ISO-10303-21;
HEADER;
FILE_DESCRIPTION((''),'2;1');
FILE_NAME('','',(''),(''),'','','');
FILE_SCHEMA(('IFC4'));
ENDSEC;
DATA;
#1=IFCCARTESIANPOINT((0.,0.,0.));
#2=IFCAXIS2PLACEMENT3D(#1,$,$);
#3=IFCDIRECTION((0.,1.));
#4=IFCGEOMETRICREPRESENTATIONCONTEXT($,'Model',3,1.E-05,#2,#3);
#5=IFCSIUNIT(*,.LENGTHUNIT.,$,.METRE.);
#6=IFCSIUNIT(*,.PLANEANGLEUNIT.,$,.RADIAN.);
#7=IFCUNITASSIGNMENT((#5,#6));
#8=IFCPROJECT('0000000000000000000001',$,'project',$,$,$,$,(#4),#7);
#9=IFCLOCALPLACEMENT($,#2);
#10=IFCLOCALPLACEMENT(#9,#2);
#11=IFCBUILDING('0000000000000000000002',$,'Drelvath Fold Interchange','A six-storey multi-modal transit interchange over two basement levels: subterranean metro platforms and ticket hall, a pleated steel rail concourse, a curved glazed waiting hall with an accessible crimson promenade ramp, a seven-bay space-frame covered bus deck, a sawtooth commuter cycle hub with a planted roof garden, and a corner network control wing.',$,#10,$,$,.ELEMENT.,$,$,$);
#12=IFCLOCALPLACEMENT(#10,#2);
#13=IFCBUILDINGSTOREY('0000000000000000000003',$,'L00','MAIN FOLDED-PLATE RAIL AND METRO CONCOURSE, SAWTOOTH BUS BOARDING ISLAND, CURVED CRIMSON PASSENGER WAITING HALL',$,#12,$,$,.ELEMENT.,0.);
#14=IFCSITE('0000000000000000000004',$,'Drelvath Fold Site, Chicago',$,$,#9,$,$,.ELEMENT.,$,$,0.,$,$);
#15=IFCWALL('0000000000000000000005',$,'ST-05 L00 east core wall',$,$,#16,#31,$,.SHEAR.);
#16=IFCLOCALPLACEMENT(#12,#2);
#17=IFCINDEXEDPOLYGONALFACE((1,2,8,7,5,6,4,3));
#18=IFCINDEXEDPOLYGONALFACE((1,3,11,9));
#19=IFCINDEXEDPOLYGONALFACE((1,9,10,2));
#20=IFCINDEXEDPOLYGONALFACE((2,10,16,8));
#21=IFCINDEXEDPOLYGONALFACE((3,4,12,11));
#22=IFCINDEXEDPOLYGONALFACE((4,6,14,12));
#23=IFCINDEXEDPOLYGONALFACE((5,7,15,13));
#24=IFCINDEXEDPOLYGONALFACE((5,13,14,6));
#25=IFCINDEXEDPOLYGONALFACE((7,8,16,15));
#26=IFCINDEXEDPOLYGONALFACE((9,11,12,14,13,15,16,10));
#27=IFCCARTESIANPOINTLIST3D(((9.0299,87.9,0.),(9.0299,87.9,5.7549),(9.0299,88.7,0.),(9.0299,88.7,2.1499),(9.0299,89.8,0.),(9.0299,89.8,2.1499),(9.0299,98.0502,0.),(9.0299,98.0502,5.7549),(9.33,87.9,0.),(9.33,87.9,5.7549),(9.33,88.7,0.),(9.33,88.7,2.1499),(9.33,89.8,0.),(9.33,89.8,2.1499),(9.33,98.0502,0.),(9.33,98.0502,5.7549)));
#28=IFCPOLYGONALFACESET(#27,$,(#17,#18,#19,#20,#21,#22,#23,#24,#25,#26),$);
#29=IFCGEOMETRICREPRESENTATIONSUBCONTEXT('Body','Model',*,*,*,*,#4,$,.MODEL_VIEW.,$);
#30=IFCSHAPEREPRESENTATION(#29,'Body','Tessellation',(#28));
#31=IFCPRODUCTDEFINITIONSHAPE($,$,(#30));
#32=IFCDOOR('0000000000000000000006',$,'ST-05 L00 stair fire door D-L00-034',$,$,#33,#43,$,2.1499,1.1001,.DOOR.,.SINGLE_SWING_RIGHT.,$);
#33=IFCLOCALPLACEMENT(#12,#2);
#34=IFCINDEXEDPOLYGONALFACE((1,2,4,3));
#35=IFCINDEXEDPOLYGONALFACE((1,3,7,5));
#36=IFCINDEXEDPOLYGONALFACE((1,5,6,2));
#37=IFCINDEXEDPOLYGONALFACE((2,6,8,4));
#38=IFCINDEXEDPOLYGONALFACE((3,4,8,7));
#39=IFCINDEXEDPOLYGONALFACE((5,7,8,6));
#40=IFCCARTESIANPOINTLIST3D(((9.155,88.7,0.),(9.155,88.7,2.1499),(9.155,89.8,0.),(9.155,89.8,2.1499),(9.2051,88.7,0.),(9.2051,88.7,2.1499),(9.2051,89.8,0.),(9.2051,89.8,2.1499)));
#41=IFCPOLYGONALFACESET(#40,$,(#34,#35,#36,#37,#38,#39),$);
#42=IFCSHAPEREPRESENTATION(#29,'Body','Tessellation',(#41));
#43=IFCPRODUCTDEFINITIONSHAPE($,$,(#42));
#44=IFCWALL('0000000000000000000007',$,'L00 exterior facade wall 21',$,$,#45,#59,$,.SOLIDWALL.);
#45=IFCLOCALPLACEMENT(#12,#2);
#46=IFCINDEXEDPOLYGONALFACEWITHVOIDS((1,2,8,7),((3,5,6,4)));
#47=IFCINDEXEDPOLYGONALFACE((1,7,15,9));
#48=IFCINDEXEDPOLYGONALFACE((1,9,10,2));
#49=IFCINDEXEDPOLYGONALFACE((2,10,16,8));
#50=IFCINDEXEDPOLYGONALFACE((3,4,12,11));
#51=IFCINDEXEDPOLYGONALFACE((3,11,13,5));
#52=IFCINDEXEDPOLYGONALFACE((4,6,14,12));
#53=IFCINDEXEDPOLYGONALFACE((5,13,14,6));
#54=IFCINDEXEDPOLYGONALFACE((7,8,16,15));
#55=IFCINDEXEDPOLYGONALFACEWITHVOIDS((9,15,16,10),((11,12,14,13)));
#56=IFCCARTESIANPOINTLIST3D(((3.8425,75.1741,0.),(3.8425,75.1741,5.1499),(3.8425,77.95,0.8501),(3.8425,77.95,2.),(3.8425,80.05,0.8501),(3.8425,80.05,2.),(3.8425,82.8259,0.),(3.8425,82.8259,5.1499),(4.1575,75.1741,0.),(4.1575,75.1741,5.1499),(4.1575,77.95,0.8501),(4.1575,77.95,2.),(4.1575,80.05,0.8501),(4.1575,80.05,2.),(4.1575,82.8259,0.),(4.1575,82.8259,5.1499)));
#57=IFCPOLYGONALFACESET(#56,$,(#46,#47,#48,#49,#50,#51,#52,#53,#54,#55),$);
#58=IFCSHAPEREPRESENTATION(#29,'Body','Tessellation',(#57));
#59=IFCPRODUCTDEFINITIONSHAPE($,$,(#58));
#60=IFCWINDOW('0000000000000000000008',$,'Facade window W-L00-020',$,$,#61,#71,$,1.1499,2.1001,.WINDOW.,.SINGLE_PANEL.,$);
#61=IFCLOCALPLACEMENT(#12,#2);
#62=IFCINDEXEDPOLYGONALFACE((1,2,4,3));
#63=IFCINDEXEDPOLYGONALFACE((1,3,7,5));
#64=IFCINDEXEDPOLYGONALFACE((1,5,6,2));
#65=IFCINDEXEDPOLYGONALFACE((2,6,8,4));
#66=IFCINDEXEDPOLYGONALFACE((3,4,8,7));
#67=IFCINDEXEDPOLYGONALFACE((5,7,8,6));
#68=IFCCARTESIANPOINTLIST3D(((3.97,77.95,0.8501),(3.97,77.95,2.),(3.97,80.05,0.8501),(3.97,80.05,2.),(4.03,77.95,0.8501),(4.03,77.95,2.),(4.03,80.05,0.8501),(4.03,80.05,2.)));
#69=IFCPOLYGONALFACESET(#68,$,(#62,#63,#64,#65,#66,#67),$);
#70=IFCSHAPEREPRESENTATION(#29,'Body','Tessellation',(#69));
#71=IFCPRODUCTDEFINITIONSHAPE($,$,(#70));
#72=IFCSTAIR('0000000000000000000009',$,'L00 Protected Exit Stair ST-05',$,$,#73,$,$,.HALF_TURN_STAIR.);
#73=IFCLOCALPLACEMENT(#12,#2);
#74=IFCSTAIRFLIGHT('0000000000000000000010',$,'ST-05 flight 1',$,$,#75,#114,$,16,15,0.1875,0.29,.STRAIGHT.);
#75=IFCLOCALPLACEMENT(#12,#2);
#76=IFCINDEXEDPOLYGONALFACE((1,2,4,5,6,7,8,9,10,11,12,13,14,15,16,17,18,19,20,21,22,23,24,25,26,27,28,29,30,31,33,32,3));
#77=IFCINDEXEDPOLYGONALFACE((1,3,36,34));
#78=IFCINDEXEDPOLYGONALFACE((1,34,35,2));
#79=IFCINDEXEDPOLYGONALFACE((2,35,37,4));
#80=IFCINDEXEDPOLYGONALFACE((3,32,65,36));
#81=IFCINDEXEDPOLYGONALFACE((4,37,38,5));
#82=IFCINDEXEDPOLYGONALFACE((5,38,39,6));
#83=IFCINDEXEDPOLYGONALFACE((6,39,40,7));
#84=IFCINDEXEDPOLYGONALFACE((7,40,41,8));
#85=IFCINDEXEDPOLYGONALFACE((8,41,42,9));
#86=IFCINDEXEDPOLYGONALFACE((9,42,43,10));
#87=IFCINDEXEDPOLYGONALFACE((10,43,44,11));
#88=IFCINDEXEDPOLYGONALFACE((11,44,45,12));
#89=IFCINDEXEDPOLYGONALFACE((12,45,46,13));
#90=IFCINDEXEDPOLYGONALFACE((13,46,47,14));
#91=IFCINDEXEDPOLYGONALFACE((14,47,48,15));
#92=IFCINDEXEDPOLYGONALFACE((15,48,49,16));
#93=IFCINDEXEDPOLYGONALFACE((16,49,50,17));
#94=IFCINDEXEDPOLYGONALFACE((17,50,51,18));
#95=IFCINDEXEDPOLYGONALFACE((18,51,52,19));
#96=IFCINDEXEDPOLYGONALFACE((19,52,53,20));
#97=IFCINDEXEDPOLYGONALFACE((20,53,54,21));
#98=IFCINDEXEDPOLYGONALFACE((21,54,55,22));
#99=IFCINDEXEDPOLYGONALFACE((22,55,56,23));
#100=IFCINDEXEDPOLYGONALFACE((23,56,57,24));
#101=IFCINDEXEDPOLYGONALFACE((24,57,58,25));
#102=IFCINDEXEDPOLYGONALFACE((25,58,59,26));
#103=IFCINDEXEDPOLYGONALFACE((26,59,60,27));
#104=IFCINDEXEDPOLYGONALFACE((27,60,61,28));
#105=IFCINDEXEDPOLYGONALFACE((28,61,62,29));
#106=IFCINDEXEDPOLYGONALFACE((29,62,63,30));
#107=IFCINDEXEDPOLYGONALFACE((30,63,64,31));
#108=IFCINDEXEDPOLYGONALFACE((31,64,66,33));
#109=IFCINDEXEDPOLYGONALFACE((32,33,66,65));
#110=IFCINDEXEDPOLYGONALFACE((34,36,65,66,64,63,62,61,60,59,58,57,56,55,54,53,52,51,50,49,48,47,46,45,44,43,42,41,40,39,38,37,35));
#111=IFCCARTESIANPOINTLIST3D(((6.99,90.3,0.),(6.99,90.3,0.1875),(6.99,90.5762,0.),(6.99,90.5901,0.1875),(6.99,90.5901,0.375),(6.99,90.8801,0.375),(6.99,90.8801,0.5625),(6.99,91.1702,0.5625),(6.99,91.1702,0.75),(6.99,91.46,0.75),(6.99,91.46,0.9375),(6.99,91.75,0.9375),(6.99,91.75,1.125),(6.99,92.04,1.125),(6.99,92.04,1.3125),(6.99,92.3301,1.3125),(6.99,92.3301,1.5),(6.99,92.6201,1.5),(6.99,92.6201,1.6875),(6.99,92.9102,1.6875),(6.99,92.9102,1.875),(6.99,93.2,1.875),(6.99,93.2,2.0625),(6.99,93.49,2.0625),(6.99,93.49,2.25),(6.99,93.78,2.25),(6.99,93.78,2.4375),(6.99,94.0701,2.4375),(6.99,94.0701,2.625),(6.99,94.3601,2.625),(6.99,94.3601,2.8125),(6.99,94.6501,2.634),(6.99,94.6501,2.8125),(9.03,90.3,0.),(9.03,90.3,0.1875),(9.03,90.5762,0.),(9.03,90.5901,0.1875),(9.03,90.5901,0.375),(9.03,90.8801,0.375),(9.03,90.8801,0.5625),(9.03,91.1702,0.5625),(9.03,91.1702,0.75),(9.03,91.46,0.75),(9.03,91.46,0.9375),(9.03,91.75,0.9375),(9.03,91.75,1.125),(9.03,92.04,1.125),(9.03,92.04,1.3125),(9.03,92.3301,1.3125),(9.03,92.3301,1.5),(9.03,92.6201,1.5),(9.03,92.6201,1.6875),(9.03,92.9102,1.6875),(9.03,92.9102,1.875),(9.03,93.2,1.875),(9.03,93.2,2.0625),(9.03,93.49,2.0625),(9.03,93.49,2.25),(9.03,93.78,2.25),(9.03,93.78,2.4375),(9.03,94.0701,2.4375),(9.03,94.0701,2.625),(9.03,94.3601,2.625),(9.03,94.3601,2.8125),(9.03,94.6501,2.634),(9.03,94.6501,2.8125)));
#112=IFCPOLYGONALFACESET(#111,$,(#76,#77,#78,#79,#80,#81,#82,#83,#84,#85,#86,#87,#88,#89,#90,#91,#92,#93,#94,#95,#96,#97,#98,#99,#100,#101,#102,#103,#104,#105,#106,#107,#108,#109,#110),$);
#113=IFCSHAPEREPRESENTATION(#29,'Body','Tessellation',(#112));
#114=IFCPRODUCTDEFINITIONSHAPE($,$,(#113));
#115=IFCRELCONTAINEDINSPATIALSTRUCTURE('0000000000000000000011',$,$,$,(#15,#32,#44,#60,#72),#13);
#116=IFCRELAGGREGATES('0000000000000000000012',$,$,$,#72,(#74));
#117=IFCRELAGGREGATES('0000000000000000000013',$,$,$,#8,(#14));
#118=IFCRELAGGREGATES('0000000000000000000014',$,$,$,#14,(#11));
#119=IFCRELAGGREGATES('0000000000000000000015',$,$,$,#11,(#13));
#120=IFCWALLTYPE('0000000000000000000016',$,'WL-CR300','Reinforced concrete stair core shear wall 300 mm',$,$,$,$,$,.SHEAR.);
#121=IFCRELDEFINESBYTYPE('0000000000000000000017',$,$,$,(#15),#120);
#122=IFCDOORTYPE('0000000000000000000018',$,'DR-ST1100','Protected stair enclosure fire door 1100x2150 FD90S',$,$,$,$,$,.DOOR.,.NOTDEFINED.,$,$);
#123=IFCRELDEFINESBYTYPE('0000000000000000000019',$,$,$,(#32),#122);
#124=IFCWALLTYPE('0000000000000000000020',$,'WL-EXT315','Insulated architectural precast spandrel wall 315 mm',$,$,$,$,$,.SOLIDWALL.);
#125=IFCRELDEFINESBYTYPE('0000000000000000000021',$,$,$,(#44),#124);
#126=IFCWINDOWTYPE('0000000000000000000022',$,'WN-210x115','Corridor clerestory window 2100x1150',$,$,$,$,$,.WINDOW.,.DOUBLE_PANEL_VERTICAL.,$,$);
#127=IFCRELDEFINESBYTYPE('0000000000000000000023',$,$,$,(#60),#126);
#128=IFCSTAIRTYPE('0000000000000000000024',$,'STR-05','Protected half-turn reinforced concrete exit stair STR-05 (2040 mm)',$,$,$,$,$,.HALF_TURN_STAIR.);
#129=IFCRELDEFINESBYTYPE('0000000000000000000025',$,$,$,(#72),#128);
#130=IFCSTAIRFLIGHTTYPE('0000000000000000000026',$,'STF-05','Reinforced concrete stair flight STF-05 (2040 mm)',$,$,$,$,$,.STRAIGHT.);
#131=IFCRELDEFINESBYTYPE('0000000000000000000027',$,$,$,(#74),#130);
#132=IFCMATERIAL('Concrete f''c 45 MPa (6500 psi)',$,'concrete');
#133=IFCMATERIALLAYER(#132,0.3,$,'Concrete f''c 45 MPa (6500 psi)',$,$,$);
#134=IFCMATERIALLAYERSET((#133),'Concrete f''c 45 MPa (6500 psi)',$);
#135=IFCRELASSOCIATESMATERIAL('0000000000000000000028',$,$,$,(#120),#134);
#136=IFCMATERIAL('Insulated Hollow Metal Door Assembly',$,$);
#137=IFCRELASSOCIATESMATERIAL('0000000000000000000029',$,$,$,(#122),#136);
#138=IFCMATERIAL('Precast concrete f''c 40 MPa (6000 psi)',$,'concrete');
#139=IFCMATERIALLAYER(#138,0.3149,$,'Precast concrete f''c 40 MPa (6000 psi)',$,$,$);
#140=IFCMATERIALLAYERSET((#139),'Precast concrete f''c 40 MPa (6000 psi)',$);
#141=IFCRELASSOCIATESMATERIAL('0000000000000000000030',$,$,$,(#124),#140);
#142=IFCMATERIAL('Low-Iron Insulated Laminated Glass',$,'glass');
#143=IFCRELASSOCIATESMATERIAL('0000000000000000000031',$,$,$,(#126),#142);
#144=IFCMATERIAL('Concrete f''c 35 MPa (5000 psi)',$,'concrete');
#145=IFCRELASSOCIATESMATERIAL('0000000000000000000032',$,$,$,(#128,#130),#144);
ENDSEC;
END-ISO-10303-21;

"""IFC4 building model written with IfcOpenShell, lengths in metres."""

from ifc_helpers import new_model, si_unit, direction, frame, frame_2d, origin, place, context, subcontext, project, spatial, polyline, rectangle, outline, extrude, material, layer, layer_set, type_object, element, fill, aggregate, save


model = new_model("IFC4")

# Units and contexts
model_context = context("Model", 3, precision=1e-05, world=origin(), true_north=direction((0.0, 1.0)))
body_context = subcontext(model_context, "Body", "Model", "MODEL_VIEW")
ifc_project = project(units=[si_unit("LENGTHUNIT", "METRE"), si_unit("PLANEANGLEUNIT", "RADIAN")], contexts=[model_context])

# Site, building, storey
site_placement = place(None, origin())
site = spatial("IfcSite", under=ifc_project, at=site_placement, Name="Drelvath Fold Site, Chicago", CompositionType="ELEMENT", RefElevation=0.0)
building_placement = place(site_placement, origin())
building = spatial("IfcBuilding", under=site, at=building_placement, Name="Drelvath Fold Interchange", Description="A six-storey multi-modal transit interchange over two basement levels: subterranean metro platforms and ticket hall, a pleated steel rail concourse, a curved glazed waiting hall with an accessible crimson promenade ramp, a seven-bay space-frame covered bus deck, a sawtooth commuter cycle hub with a planted roof garden, and a corner network control wing.", CompositionType="ELEMENT")
storey_placement = place(building_placement, origin())
storey = spatial("IfcBuildingStorey", under=building, at=storey_placement, Name="L00", Description="MAIN FOLDED-PLATE RAIL AND METRO CONCOURSE, SAWTOOTH BUS BOARDING ISLAND, CURVED CRIMSON PASSENGER WAITING HALL", CompositionType="ELEMENT", Elevation=0.0)

# Shared definitions
ifc_material_1 = material(Name="Concrete f'c 45 MPa (6500 psi)", Category="concrete")
ifc_layer_1 = layer(ifc_material_1, 0.3, Name="Concrete f'c 45 MPa (6500 psi)")
ifc_layer_set_1 = layer_set([ifc_layer_1], Name="Concrete f'c 45 MPa (6500 psi)")
wall_type_1 = type_object("IfcWallType", Name="WL-CR300", Description="Reinforced concrete stair core shear wall 300 mm", PredefinedType="SHEAR", material=ifc_layer_set_1)

# Wall, opening, door
wall_1_placement = place(storey_placement, frame((9.1799, 87.8999, 0.0), z_axis=(0.0, 0.0, 1.0), x_axis=(0.0, 1.0, 0.0)))
wall_1 = element("IfcWall", 1, at=wall_1_placement, inside=storey, type_object=wall_type_1, Name="ST-05 L00 east core wall", PredefinedType="SHEAR", context=body_context, shape_type="SweptSolid", body=[
    extrude(rectangle(XDim=10.1501, YDim=0.3, at=frame_2d((5.0752, 0.0))), origin(), (0.0, 0.0, 1.0), 5.7549),
])
opening_1_placement = place(wall_1_placement, frame((0.8, 0.0, 0.0)))
opening_1 = element("IfcOpeningElement", 2, at=opening_1_placement, cuts=wall_1, PredefinedType="OPENING", context=body_context, shape_type="SweptSolid", body=[
    extrude(rectangle(XDim=1.1001, YDim=2.1499, at=frame_2d((0.55, 1.075))), frame((0.0, 0.1599, 0.0), z_axis=(0.0, -1.0, 0.0), x_axis=(1.0, 0.0, 0.0)), (0.0, 0.0, 1.0), 0.3201),
])
ifc_material_2 = material(Name="Insulated Hollow Metal Door Assembly")
door_type = type_object("IfcDoorType", Name="DR-ST1100", Description="Protected stair enclosure fire door 1100x2150 FD90S", OperationType="NOTDEFINED", PredefinedType="DOOR", material=ifc_material_2)
door_placement = place(opening_1_placement, origin())
door = element("IfcDoor", 3, at=door_placement, inside=storey, type_object=door_type, Name="ST-05 L00 stair fire door D-L00-034", OperationType="SINGLE_SWING_RIGHT", OverallHeight=2.1499, OverallWidth=1.1001, PredefinedType="DOOR", context=body_context, shape_type="SweptSolid", body=[
    extrude(rectangle(XDim=1.1001, YDim=2.1499, at=frame_2d((0.55, 1.075))), frame((0.0, 0.0249, 0.0), z_axis=(0.0, -1.0, 0.0), x_axis=(1.0, 0.0, 0.0)), (0.0, 0.0, 1.0), 0.05),
])
fill(opening_1, door)

# Wall, opening, window
ifc_material_3 = material(Name="Precast concrete f'c 40 MPa (6000 psi)", Category="concrete")
ifc_layer_2 = layer(ifc_material_3, 0.3149, Name="Precast concrete f'c 40 MPa (6000 psi)")
ifc_layer_set_2 = layer_set([ifc_layer_2], Name="Precast concrete f'c 40 MPa (6000 psi)")
wall_type_2 = type_object("IfcWallType", Name="WL-EXT315", Description="Insulated architectural precast spandrel wall 315 mm", PredefinedType="SOLIDWALL", material=ifc_layer_set_2)
wall_2_placement = place(storey_placement, frame((4.0, 75.1741, 0.0), z_axis=(0.0, 0.0, 1.0), x_axis=(0.0, 1.0, 0.0)))
wall_2 = element("IfcWall", 4, at=wall_2_placement, inside=storey, type_object=wall_type_2, Name="L00 exterior facade wall 21", PredefinedType="SOLIDWALL", context=body_context, shape_type="SweptSolid", body=[
    extrude(rectangle(XDim=7.6519, YDim=0.3149, at=frame_2d((3.8259, 0.0))), origin(), (0.0, 0.0, 1.0), 5.1499),
])
opening_2_placement = place(wall_2_placement, frame((2.7759, 0.0, 0.8501)))
opening_2 = element("IfcOpeningElement", 5, at=opening_2_placement, cuts=wall_2, PredefinedType="OPENING", context=body_context, shape_type="SweptSolid", body=[
    extrude(rectangle(XDim=2.1001, YDim=1.1499, at=frame_2d((1.05, 0.575))), frame((0.0, 0.1675, 0.0), z_axis=(0.0, -1.0, 0.0), x_axis=(1.0, 0.0, 0.0)), (0.0, 0.0, 1.0), 0.335),
])
ifc_material_4 = material(Name="Low-Iron Insulated Laminated Glass", Category="glass")
window_type = type_object("IfcWindowType", Name="WN-210x115", Description="Corridor clerestory window 2100x1150", PartitioningType="DOUBLE_PANEL_VERTICAL", PredefinedType="WINDOW", material=ifc_material_4)
window_placement = place(opening_2_placement, origin())
window = element("IfcWindow", 6, at=window_placement, inside=storey, type_object=window_type, Name="Facade window W-L00-020", OverallHeight=1.1499, OverallWidth=2.1001, PartitioningType="SINGLE_PANEL", PredefinedType="WINDOW", context=body_context, shape_type="SweptSolid", body=[
    extrude(rectangle(XDim=2.1001, YDim=1.1499, at=frame_2d((1.05, 0.575))), frame((0.0, 0.03, 0.0), z_axis=(0.0, -1.0, 0.0), x_axis=(1.0, 0.0, 0.0)), (0.0, 0.0, 1.0), 0.0601),
])
fill(opening_2, window)

# Stair, stair flight
ifc_material_5 = material(Name="Concrete f'c 35 MPa (5000 psi)", Category="concrete")
stair_type = type_object("IfcStairType", Name="STR-05", Description="Protected half-turn reinforced concrete exit stair STR-05 (2040 mm)", PredefinedType="HALF_TURN_STAIR", material=ifc_material_5)
stair_placement = place(storey_placement, origin())
stair = element("IfcStair", 7, at=stair_placement, inside=storey, type_object=stair_type, Name="L00 Protected Exit Stair ST-05", PredefinedType="HALF_TURN_STAIR")
stair_flight_type = type_object("IfcStairFlightType", Name="STF-05", Description="Reinforced concrete stair flight STF-05 (2040 mm)", PredefinedType="STRAIGHT", material=ifc_material_5)
stair_flight_placement = place(storey_placement, frame((8.01, 90.3, 0.0), z_axis=(0.0, 0.0, 1.0), x_axis=(0.0, 1.0, 0.0)))
stair_flight = element("IfcStairFlight", 8, at=stair_flight_placement, type_object=stair_flight_type, Name="ST-05 flight 1", NumberOfRisers=16, NumberOfTreads=15, PredefinedType="STRAIGHT", RiserHeight=0.1875, TreadLength=0.29, context=body_context, shape_type="SweptSolid", body=[
    extrude(outline(polyline([(0.0, 0.0), (0.0, 0.1875), (0.29, 0.1875), (0.29, 0.375), (0.5801, 0.375), (0.5801, 0.5625), (0.8701, 0.5625), (0.8701, 0.75), (1.1599, 0.75), (1.1599, 0.9375), (1.45, 0.9375), (1.45, 1.125), (1.74, 1.125), (1.74, 1.3125), (2.03, 1.3125), (2.03, 1.5), (2.3201, 1.5), (2.3201, 1.6875), (2.6101, 1.6875), (2.6101, 1.875), (2.8999, 1.875), (2.8999, 2.0625), (3.1899, 2.0625), (3.1899, 2.25), (3.48, 2.25), (3.48, 2.4375), (3.77, 2.4375), (3.77, 2.625), (4.0601, 2.625), (4.0601, 2.8125), (4.3501, 2.8125), (4.3501, 3.0), (4.3501, 2.634), (0.2761, 0.0), (0.0, 0.0)])), frame((0.0, 1.02, 0.0), z_axis=(0.0, -1.0, 0.0), x_axis=(1.0, 0.0, 0.0)), (0.0, 0.0, 1.0), 2.04),
])
aggregate(stair, [stair_flight])

save(model, "model.ifc")
